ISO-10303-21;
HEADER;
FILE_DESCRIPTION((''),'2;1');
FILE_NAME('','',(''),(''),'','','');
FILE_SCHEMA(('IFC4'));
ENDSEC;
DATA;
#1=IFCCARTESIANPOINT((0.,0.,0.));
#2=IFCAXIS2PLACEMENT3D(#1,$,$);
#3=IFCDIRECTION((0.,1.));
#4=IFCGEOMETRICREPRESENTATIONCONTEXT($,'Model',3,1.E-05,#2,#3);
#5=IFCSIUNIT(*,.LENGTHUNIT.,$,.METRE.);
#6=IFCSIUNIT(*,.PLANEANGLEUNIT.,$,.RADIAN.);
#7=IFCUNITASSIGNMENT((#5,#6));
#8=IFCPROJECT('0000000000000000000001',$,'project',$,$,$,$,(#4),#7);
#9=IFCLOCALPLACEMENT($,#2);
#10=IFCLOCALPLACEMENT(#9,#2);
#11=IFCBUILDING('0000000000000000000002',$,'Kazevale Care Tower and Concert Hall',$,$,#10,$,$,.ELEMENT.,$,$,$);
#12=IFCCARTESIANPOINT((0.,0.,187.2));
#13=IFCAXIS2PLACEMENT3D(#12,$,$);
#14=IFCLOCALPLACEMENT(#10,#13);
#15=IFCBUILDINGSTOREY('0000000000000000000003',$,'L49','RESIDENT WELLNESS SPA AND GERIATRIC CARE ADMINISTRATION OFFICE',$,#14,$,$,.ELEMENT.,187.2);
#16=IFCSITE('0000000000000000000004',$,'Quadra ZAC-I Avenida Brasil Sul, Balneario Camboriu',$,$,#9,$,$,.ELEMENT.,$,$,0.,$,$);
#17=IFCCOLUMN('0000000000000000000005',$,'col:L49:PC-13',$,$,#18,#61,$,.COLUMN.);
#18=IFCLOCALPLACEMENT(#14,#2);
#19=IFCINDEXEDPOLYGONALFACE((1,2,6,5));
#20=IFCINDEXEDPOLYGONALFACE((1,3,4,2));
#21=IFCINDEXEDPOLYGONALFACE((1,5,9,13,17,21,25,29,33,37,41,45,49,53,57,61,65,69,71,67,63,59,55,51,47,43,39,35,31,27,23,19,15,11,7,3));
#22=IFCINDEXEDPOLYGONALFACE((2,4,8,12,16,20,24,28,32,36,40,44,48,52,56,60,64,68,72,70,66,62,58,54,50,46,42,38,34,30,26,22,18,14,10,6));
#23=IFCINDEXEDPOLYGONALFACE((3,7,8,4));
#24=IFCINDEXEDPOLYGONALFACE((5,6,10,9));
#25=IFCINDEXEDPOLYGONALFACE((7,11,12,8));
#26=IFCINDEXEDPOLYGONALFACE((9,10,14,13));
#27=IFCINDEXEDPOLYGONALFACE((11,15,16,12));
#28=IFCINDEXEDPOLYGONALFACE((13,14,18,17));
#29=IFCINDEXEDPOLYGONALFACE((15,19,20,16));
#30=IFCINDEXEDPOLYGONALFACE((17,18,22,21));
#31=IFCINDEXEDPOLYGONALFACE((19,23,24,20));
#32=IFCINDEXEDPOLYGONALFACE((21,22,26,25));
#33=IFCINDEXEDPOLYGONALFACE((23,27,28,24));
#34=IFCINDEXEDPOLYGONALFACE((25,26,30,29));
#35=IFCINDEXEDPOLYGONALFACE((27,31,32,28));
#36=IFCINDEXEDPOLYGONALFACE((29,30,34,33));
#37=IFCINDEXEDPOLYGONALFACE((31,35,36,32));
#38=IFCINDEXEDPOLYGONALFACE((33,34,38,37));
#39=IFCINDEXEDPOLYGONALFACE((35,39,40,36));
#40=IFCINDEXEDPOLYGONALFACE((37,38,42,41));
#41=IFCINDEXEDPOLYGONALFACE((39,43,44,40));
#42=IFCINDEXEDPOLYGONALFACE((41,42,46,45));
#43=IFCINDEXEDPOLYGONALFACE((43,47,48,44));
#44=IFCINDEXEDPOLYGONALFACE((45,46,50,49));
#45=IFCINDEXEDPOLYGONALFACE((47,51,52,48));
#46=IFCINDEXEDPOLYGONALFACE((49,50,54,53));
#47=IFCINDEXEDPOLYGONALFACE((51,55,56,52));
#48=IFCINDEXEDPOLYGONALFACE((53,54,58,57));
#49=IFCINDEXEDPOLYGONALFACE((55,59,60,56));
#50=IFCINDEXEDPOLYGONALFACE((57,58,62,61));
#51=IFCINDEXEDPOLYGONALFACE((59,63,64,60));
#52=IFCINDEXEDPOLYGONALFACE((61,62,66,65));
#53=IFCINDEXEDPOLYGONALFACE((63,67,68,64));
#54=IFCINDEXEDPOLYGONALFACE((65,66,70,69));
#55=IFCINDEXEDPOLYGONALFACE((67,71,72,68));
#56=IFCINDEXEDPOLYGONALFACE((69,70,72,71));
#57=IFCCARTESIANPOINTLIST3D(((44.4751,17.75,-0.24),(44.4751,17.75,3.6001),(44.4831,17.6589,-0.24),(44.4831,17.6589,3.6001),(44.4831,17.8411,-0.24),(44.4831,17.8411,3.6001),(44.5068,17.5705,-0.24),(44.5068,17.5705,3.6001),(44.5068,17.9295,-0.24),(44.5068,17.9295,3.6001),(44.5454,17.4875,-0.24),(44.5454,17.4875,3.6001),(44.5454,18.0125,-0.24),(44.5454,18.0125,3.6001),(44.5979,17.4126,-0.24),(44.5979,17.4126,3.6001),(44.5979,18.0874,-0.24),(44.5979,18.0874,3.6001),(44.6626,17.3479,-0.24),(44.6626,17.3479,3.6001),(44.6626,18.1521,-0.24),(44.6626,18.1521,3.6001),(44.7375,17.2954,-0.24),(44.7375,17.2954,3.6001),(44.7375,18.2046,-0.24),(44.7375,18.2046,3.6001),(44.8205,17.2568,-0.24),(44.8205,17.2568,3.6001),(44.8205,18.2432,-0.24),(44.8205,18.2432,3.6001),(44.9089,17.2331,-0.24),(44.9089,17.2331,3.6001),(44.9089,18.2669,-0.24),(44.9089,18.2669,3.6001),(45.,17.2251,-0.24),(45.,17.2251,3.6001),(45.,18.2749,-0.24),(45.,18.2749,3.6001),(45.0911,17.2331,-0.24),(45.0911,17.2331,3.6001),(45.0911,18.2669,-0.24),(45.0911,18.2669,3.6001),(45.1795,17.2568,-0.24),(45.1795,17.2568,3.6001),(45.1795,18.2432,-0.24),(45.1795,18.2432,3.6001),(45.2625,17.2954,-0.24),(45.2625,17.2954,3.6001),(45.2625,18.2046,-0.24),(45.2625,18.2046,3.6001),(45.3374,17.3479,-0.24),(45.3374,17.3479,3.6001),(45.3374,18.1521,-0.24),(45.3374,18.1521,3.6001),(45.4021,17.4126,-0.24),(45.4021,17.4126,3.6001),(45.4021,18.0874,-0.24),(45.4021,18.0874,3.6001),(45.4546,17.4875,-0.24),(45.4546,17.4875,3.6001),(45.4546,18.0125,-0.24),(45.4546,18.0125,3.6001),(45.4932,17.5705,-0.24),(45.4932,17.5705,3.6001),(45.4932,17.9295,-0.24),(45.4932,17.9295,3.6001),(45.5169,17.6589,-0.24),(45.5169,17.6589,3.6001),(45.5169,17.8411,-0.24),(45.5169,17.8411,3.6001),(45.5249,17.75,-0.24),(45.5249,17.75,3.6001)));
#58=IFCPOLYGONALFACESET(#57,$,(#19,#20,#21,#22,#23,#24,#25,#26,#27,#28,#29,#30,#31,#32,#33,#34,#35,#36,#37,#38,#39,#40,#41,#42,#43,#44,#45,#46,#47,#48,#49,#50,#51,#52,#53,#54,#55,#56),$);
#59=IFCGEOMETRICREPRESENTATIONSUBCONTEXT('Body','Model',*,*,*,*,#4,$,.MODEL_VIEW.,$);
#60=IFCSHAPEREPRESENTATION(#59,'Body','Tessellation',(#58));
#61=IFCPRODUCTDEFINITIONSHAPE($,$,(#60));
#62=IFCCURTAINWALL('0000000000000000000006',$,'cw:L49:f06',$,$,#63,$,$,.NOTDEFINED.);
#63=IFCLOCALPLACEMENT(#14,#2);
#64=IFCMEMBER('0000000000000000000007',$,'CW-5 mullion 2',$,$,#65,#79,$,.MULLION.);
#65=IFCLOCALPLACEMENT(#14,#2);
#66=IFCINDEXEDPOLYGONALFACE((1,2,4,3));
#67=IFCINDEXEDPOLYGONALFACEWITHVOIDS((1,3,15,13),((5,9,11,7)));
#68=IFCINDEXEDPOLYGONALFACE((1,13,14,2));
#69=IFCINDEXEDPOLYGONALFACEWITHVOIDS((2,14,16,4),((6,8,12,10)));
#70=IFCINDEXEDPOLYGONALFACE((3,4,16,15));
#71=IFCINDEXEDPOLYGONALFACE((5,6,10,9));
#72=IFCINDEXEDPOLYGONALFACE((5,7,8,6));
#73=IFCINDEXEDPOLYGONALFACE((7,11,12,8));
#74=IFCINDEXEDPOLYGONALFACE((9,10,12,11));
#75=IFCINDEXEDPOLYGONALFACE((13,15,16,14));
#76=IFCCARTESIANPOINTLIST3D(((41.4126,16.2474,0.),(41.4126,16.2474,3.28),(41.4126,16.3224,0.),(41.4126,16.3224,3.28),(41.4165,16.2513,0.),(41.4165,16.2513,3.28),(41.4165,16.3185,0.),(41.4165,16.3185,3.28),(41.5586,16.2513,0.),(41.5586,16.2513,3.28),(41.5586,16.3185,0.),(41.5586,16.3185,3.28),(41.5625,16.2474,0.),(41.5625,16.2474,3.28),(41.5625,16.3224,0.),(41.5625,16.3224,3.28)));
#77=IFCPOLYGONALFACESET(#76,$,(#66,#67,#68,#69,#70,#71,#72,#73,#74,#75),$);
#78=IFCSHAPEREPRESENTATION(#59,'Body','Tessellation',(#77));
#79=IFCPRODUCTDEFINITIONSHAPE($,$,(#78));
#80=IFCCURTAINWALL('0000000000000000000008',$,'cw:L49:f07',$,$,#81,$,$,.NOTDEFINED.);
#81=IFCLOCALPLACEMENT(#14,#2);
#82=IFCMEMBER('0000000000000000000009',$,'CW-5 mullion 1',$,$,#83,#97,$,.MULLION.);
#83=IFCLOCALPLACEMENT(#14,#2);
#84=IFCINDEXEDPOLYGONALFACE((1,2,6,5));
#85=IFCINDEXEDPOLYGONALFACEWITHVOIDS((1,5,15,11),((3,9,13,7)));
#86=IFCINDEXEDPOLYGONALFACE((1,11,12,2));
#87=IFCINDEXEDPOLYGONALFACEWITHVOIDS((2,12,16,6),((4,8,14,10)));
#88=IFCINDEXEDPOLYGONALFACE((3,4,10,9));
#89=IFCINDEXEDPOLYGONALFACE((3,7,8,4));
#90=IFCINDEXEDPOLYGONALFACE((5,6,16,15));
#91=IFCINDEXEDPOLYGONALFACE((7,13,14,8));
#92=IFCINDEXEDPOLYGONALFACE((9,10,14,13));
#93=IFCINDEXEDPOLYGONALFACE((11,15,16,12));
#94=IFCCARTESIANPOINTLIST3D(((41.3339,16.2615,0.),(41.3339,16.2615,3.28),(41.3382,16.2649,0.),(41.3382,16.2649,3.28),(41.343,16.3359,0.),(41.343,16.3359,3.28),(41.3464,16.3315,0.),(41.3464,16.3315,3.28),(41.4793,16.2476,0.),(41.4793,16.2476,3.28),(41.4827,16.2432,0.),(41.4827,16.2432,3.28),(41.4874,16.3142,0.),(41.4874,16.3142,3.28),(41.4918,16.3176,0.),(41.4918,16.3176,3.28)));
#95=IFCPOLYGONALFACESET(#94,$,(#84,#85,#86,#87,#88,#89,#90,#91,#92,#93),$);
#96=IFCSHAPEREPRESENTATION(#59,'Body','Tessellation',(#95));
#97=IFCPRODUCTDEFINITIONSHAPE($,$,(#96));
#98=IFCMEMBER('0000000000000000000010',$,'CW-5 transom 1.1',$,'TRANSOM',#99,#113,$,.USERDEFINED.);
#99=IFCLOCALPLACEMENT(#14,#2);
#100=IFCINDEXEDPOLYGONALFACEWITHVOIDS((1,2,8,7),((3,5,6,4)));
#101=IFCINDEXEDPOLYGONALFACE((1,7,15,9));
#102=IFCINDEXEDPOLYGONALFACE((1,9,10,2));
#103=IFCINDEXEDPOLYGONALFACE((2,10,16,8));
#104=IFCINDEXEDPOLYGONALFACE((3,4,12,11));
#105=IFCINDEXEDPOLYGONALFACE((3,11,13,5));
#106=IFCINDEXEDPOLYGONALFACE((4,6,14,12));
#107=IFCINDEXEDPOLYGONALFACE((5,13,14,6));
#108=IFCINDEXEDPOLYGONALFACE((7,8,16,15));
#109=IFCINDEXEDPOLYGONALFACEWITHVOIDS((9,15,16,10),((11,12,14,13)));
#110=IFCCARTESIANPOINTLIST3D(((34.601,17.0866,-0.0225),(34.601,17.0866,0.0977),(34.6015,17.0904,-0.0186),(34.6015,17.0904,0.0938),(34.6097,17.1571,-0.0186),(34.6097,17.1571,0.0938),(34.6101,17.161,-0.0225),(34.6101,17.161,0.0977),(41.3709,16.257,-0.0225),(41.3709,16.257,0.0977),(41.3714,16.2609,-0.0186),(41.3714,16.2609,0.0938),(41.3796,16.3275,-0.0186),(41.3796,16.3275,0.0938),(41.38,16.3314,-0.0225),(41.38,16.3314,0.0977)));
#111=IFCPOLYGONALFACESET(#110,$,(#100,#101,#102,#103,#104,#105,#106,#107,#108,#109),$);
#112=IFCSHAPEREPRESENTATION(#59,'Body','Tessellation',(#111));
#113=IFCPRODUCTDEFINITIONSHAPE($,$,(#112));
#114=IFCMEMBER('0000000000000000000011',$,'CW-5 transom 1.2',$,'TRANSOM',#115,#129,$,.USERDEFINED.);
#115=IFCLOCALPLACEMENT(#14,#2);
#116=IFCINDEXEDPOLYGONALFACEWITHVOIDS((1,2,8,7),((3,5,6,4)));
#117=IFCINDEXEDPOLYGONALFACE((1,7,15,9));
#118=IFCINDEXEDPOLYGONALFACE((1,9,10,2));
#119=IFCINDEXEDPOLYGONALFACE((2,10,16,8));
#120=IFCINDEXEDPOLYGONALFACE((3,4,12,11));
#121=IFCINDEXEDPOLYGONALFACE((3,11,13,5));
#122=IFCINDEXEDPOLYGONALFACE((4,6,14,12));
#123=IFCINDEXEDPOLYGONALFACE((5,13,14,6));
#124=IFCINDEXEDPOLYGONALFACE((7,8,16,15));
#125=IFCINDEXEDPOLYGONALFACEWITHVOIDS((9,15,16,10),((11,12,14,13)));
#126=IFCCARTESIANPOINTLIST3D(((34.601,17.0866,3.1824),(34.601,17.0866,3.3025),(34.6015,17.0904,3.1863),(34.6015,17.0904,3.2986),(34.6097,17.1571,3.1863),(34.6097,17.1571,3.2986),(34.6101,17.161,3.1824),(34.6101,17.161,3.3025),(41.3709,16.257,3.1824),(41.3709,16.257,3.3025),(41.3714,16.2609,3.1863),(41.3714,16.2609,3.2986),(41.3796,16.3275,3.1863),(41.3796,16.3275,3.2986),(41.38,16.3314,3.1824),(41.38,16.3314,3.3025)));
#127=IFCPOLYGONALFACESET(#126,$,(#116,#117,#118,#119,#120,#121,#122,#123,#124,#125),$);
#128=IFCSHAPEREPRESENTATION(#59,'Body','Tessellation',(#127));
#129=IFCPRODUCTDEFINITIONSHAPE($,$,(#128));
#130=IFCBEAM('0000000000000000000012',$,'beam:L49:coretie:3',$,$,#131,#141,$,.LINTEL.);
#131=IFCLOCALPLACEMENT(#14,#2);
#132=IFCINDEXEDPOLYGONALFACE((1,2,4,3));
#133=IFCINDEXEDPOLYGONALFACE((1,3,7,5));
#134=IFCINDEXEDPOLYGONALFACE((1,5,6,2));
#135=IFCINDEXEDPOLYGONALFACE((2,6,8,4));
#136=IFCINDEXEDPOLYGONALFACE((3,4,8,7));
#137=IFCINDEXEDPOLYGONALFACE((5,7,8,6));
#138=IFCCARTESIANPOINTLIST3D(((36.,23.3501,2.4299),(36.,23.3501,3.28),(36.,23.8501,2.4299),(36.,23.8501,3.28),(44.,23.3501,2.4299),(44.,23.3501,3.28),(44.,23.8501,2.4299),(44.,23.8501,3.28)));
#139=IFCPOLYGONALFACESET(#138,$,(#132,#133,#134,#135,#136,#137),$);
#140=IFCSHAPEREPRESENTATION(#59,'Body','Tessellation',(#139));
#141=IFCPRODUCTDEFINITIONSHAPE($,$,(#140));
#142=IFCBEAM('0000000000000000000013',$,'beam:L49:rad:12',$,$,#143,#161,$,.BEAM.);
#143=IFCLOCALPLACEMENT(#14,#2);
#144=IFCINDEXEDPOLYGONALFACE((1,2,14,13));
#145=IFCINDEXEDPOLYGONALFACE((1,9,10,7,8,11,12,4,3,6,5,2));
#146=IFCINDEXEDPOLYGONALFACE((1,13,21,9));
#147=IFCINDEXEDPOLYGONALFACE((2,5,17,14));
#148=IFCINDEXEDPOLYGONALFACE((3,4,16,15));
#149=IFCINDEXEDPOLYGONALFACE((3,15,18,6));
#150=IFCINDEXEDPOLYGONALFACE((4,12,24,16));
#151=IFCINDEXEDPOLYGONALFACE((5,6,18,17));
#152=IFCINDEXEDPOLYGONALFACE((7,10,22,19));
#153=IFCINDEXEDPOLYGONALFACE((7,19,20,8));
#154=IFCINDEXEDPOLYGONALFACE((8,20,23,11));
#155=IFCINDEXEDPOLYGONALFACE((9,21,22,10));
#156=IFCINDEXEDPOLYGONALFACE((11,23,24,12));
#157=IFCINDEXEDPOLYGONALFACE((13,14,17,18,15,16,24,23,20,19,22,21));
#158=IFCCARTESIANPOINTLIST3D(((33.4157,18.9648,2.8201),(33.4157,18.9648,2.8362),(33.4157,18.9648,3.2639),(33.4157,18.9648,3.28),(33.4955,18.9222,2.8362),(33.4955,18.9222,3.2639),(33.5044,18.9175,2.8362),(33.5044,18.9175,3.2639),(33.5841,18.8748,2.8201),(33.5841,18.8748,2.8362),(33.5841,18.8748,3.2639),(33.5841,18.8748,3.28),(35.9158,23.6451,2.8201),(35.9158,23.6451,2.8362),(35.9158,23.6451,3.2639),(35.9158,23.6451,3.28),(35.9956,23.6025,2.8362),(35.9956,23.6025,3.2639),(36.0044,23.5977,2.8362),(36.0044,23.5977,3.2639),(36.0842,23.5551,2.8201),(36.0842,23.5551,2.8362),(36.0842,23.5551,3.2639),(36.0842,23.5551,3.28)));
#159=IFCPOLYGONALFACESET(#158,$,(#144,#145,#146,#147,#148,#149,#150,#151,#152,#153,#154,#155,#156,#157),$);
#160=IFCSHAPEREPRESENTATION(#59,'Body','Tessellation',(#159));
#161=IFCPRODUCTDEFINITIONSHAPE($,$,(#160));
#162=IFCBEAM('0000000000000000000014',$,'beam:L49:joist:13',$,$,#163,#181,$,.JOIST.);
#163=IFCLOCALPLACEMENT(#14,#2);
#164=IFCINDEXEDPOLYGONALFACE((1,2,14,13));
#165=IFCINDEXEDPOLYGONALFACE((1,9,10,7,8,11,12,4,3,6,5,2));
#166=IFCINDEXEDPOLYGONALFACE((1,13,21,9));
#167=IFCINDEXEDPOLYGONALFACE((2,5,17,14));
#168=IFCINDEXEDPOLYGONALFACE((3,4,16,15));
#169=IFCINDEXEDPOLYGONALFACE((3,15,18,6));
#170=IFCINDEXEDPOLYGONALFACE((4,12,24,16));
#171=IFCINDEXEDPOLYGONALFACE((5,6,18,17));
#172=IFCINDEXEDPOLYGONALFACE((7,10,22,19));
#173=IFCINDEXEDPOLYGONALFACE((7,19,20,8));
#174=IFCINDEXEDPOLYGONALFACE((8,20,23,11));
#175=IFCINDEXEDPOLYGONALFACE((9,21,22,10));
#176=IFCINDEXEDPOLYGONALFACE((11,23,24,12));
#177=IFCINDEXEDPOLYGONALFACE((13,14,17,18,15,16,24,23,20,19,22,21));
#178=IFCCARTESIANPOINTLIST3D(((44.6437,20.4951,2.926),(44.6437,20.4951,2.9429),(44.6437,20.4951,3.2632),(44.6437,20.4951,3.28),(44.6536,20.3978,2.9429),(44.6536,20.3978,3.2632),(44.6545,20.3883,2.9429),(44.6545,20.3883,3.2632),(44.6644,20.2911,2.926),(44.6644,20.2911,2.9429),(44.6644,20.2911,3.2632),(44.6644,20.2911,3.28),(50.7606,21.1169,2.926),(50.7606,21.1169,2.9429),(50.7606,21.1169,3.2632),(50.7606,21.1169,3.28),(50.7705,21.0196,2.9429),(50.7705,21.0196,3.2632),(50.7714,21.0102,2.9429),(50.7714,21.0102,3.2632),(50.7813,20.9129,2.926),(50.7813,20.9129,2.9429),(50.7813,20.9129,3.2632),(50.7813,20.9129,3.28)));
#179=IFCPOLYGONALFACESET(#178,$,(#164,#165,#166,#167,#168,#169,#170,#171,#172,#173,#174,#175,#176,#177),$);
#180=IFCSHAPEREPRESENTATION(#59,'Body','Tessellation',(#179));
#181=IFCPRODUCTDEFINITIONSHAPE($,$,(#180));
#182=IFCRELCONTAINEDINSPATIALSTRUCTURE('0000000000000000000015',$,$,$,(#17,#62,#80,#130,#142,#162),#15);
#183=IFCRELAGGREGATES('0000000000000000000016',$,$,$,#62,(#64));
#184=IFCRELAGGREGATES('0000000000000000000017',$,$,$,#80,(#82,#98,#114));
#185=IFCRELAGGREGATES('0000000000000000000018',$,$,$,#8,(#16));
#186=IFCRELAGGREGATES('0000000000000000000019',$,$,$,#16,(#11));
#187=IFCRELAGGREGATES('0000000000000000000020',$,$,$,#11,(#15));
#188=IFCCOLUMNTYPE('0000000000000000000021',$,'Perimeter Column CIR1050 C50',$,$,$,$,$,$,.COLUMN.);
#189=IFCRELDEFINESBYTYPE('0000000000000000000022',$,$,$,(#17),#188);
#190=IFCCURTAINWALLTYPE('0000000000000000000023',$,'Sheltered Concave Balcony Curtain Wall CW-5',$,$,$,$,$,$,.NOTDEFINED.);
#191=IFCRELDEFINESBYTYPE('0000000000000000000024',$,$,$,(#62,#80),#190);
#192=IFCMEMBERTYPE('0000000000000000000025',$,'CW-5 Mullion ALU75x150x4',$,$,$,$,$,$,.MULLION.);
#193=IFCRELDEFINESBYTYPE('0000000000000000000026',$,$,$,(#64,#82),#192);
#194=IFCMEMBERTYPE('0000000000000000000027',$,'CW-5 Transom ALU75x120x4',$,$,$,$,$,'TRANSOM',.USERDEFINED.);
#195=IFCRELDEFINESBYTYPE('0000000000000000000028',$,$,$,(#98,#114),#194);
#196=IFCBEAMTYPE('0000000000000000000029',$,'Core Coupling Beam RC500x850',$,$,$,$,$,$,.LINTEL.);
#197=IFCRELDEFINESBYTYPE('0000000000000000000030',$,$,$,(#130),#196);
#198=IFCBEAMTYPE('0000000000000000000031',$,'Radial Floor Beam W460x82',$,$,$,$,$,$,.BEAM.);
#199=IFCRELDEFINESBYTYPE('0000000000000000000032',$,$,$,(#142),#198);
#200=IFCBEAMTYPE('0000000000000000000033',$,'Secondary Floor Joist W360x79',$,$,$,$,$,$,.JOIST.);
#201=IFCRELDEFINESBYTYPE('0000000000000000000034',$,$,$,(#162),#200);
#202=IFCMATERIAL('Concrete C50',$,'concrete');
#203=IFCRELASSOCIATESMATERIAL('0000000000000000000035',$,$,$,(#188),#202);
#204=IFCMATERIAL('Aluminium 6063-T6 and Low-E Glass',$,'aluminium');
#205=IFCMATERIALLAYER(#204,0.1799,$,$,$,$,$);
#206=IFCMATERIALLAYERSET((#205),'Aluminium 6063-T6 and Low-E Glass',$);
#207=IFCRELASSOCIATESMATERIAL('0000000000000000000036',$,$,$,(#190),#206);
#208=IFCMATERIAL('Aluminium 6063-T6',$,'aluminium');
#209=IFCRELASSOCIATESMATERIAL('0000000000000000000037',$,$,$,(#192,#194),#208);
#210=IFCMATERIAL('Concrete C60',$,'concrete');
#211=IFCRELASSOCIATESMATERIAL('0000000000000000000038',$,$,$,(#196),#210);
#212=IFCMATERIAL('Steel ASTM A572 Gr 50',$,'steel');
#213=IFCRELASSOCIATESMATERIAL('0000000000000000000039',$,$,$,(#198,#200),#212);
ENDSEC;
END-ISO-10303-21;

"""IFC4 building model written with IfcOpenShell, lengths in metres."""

from ifc_helpers import new_model, si_unit, direction, frame, origin, origin_2d, place, context, subcontext, project, spatial, rectangle, hollow_rectangle, circle, i_section, extrude, material, layer, layer_set, material_profile, profile_set, type_object, element, aggregate, save


model = new_model("IFC4")

# Units and contexts
model_context = context("Model", 3, precision=1e-05, world=origin(), true_north=direction((0.0, 1.0)))
body_context = subcontext(model_context, "Body", "Model", "MODEL_VIEW")
ifc_project = project(units=[si_unit("LENGTHUNIT", "METRE"), si_unit("PLANEANGLEUNIT", "RADIAN")], contexts=[model_context])

# Site, building, storey
site_placement = place(None, origin())
site = spatial("IfcSite", under=ifc_project, at=site_placement, Name="Quadra ZAC-I Avenida Brasil Sul, Balneario Camboriu", CompositionType="ELEMENT", RefElevation=0.0)
building_placement = place(site_placement, origin())
building = spatial("IfcBuilding", under=site, at=building_placement, Name="Kazevale Care Tower and Concert Hall", CompositionType="ELEMENT")
storey_placement = place(building_placement, frame((0.0, 0.0, 187.2)))
storey = spatial("IfcBuildingStorey", under=building, at=storey_placement, Name="L49", Description="RESIDENT WELLNESS SPA AND GERIATRIC CARE ADMINISTRATION OFFICE", CompositionType="ELEMENT", Elevation=187.2)

# Column
ifc_material_1 = material(Name="Concrete C50", Category="concrete")
ifc_material_profile_1 = material_profile(ifc_material_1, circle(Radius=0.5249, at=origin_2d()), Name="RC-CIR1050")
ifc_profile_set_1 = profile_set([ifc_material_profile_1], Name="Concrete C50")
column_type = type_object("IfcColumnType", Name="Perimeter Column CIR1050 C50", PredefinedType="COLUMN", material=ifc_profile_set_1)
column_placement = place(storey_placement, frame((45.0, 17.75, -0.24), z_axis=(0.0, 0.0, 1.0), x_axis=(1.0, 0.0, 0.0)))
element("IfcColumn", 1, at=column_placement, inside=storey, type_object=column_type, Name="col:L49:PC-13", PredefinedType="COLUMN", context=body_context, shape_type="SweptSolid", body=[
    extrude(circle(Radius=0.5249, at=origin_2d()), origin(), (0.0, 0.0, 1.0), 3.8401),
])

# Curtain wall, member
ifc_material_2 = material(Name="Aluminium 6063-T6 and Low-E Glass", Category="aluminium")
ifc_layer_1 = layer(ifc_material_2, 0.1799)
ifc_layer_set_1 = layer_set([ifc_layer_1], Name="Aluminium 6063-T6 and Low-E Glass")
curtain_wall_type = type_object("IfcCurtainWallType", Name="Sheltered Concave Balcony Curtain Wall CW-5", PredefinedType="NOTDEFINED", material=ifc_layer_set_1)
curtain_wall_1_placement = place(storey_placement, origin())
curtain_wall_1 = element("IfcCurtainWall", 2, at=curtain_wall_1_placement, inside=storey, type_object=curtain_wall_type, Name="cw:L49:f06", PredefinedType="NOTDEFINED")
ifc_material_3 = material(Name="Aluminium 6063-T6", Category="aluminium")
ifc_material_profile_2 = material_profile(ifc_material_3, hollow_rectangle(XDim=0.075, YDim=0.1499, WallThickness=0.0039, at=origin_2d()), Name="ALU75x150x4")
ifc_profile_set_2 = profile_set([ifc_material_profile_2], Name="Aluminium 6063-T6")
member_type_1 = type_object("IfcMemberType", Name="CW-5 Mullion ALU75x150x4", PredefinedType="MULLION", material=ifc_profile_set_2)
member_1_placement = place(storey_placement, frame((41.4875, 16.2849, 0.0), z_axis=(0.0, 0.0, 1.0), x_axis=(0.0, -1.0, 0.0)))
member_1 = element("IfcMember", 3, at=member_1_placement, type_object=member_type_1, Name="CW-5 mullion 2", PredefinedType="MULLION", context=body_context, shape_type="SweptSolid", body=[
    extrude(hollow_rectangle(XDim=0.075, YDim=0.1499, WallThickness=0.0039, at=origin_2d()), origin(), (0.0, 0.0, 1.0), 3.28),
])

# Curtain wall, members
curtain_wall_2_placement = place(storey_placement, origin())
curtain_wall_2 = element("IfcCurtainWall", 4, at=curtain_wall_2_placement, inside=storey, type_object=curtain_wall_type, Name="cw:L49:f07", PredefinedType="NOTDEFINED")
member_2_placement = place(storey_placement, frame((41.4128, 16.2896, 0.0), z_axis=(0.0, 0.0, 1.0), x_axis=(-0.121651, -0.992573, 0.0)))
member_2 = element("IfcMember", 5, at=member_2_placement, type_object=member_type_1, Name="CW-5 mullion 1", PredefinedType="MULLION", context=body_context, shape_type="SweptSolid", body=[
    extrude(hollow_rectangle(XDim=0.075, YDim=0.1499, WallThickness=0.0039, at=origin_2d()), origin(), (0.0, 0.0, 1.0), 3.28),
])
ifc_material_profile_3 = material_profile(ifc_material_3, hollow_rectangle(XDim=0.075, YDim=0.1201, WallThickness=0.0039, at=origin_2d()), Name="ALU75x120x4")
ifc_profile_set_3 = profile_set([ifc_material_profile_3], Name="Aluminium 6063-T6")
member_type_2 = type_object("IfcMemberType", Name="CW-5 Transom ALU75x120x4", ElementType="TRANSOM", PredefinedType="USERDEFINED", material=ifc_profile_set_3)
member_3_placement = place(storey_placement, frame((41.3755, 16.2942, 0.0376), z_axis=(-0.992576, 0.121629, 0.0), x_axis=(-0.121629, -0.992576, 0.0)))
member_3 = element("IfcMember", 6, at=member_3_placement, type_object=member_type_2, Name="CW-5 transom 1.1", ObjectType="TRANSOM", PredefinedType="USERDEFINED", context=body_context, shape_type="SweptSolid", body=[
    extrude(hollow_rectangle(XDim=0.075, YDim=0.1201, WallThickness=0.0039, at=origin_2d()), origin(), (0.0, 0.0, 1.0), 6.8206),
])
member_4_placement = place(storey_placement, frame((41.3755, 16.2942, 3.2424), z_axis=(-0.992576, 0.121629, 0.0), x_axis=(-0.121629, -0.992576, 0.0)))
member_4 = element("IfcMember", 7, at=member_4_placement, type_object=member_type_2, Name="CW-5 transom 1.2", ObjectType="TRANSOM", PredefinedType="USERDEFINED", context=body_context, shape_type="SweptSolid", body=[
    extrude(hollow_rectangle(XDim=0.075, YDim=0.1201, WallThickness=0.0039, at=origin_2d()), origin(), (0.0, 0.0, 1.0), 6.8206),
])

# Beams
ifc_material_4 = material(Name="Concrete C60", Category="concrete")
ifc_material_profile_4 = material_profile(ifc_material_4, rectangle(XDim=0.5, YDim=0.8501, at=origin_2d()), Name="RC-B500x850")
ifc_profile_set_4 = profile_set([ifc_material_profile_4], Name="Concrete C60")
beam_type_1 = type_object("IfcBeamType", Name="Core Coupling Beam RC500x850", PredefinedType="LINTEL", material=ifc_profile_set_4)
beam_1_placement = place(storey_placement, frame((36.0, 23.6001, 2.855), z_axis=(1.0, 0.0, 0.0), x_axis=(0.0, 1.0, 0.0)))
element("IfcBeam", 8, at=beam_1_placement, inside=storey, type_object=beam_type_1, Name="beam:L49:coretie:3", PredefinedType="LINTEL", context=body_context, shape_type="SweptSolid", body=[
    extrude(rectangle(XDim=0.5, YDim=0.8501, at=origin_2d()), origin(), (0.0, 0.0, 1.0), 8.0),
])
ifc_material_5 = material(Name="Steel ASTM A572 Gr 50", Category="steel")
ifc_material_profile_5 = material_profile(ifc_material_5, i_section(OverallWidth=0.1909, OverallDepth=0.46, WebThickness=0.01, FlangeThickness=0.0161, at=origin_2d()), Name="W460x82")
ifc_profile_set_5 = profile_set([ifc_material_profile_5], Name="Steel ASTM A572 Gr 50")
beam_type_2 = type_object("IfcBeamType", Name="Radial Floor Beam W460x82", PredefinedType="BEAM", material=ifc_profile_set_5)
beam_2_placement = place(storey_placement, frame((36.0, 23.6001, 3.05), z_axis=(-0.471161, -0.882047, 0.0), x_axis=(0.882047, -0.471161, 0.0)))
element("IfcBeam", 9, at=beam_2_placement, inside=storey, type_object=beam_type_2, Name="beam:L49:rad:12", PredefinedType="BEAM", context=body_context, shape_type="SweptSolid", body=[
    extrude(i_section(OverallWidth=0.1909, OverallDepth=0.46, WebThickness=0.01, FlangeThickness=0.0161, at=origin_2d()), origin(), (0.0, 0.0, 1.0), 5.3062),
])
ifc_material_profile_6 = material_profile(ifc_material_5, i_section(OverallWidth=0.2051, OverallDepth=0.354, WebThickness=0.0095, FlangeThickness=0.0168, at=origin_2d()), Name="W360x79")
ifc_profile_set_6 = profile_set([ifc_material_profile_6], Name="Steel ASTM A572 Gr 50")
beam_type_3 = type_object("IfcBeamType", Name="Secondary Floor Joist W360x79", PredefinedType="JOIST", material=ifc_profile_set_6)
beam_3_placement = place(storey_placement, frame((44.6541, 20.3931, 3.103), z_axis=(0.994873, 0.101135, 0.0), x_axis=(-0.101135, 0.994873, 0.0)))
element("IfcBeam", 10, at=beam_3_placement, inside=storey, type_object=beam_type_3, Name="beam:L49:joist:13", PredefinedType="JOIST", context=body_context, shape_type="SweptSolid", body=[
    extrude(i_section(OverallWidth=0.2051, OverallDepth=0.354, WebThickness=0.0095, FlangeThickness=0.0168, at=origin_2d()), origin(), (0.0, 0.0, 1.0), 6.1484),
])

aggregate(curtain_wall_1, [member_1])
aggregate(curtain_wall_2, [member_2, member_3, member_4])

save(model, "model.ifc")
